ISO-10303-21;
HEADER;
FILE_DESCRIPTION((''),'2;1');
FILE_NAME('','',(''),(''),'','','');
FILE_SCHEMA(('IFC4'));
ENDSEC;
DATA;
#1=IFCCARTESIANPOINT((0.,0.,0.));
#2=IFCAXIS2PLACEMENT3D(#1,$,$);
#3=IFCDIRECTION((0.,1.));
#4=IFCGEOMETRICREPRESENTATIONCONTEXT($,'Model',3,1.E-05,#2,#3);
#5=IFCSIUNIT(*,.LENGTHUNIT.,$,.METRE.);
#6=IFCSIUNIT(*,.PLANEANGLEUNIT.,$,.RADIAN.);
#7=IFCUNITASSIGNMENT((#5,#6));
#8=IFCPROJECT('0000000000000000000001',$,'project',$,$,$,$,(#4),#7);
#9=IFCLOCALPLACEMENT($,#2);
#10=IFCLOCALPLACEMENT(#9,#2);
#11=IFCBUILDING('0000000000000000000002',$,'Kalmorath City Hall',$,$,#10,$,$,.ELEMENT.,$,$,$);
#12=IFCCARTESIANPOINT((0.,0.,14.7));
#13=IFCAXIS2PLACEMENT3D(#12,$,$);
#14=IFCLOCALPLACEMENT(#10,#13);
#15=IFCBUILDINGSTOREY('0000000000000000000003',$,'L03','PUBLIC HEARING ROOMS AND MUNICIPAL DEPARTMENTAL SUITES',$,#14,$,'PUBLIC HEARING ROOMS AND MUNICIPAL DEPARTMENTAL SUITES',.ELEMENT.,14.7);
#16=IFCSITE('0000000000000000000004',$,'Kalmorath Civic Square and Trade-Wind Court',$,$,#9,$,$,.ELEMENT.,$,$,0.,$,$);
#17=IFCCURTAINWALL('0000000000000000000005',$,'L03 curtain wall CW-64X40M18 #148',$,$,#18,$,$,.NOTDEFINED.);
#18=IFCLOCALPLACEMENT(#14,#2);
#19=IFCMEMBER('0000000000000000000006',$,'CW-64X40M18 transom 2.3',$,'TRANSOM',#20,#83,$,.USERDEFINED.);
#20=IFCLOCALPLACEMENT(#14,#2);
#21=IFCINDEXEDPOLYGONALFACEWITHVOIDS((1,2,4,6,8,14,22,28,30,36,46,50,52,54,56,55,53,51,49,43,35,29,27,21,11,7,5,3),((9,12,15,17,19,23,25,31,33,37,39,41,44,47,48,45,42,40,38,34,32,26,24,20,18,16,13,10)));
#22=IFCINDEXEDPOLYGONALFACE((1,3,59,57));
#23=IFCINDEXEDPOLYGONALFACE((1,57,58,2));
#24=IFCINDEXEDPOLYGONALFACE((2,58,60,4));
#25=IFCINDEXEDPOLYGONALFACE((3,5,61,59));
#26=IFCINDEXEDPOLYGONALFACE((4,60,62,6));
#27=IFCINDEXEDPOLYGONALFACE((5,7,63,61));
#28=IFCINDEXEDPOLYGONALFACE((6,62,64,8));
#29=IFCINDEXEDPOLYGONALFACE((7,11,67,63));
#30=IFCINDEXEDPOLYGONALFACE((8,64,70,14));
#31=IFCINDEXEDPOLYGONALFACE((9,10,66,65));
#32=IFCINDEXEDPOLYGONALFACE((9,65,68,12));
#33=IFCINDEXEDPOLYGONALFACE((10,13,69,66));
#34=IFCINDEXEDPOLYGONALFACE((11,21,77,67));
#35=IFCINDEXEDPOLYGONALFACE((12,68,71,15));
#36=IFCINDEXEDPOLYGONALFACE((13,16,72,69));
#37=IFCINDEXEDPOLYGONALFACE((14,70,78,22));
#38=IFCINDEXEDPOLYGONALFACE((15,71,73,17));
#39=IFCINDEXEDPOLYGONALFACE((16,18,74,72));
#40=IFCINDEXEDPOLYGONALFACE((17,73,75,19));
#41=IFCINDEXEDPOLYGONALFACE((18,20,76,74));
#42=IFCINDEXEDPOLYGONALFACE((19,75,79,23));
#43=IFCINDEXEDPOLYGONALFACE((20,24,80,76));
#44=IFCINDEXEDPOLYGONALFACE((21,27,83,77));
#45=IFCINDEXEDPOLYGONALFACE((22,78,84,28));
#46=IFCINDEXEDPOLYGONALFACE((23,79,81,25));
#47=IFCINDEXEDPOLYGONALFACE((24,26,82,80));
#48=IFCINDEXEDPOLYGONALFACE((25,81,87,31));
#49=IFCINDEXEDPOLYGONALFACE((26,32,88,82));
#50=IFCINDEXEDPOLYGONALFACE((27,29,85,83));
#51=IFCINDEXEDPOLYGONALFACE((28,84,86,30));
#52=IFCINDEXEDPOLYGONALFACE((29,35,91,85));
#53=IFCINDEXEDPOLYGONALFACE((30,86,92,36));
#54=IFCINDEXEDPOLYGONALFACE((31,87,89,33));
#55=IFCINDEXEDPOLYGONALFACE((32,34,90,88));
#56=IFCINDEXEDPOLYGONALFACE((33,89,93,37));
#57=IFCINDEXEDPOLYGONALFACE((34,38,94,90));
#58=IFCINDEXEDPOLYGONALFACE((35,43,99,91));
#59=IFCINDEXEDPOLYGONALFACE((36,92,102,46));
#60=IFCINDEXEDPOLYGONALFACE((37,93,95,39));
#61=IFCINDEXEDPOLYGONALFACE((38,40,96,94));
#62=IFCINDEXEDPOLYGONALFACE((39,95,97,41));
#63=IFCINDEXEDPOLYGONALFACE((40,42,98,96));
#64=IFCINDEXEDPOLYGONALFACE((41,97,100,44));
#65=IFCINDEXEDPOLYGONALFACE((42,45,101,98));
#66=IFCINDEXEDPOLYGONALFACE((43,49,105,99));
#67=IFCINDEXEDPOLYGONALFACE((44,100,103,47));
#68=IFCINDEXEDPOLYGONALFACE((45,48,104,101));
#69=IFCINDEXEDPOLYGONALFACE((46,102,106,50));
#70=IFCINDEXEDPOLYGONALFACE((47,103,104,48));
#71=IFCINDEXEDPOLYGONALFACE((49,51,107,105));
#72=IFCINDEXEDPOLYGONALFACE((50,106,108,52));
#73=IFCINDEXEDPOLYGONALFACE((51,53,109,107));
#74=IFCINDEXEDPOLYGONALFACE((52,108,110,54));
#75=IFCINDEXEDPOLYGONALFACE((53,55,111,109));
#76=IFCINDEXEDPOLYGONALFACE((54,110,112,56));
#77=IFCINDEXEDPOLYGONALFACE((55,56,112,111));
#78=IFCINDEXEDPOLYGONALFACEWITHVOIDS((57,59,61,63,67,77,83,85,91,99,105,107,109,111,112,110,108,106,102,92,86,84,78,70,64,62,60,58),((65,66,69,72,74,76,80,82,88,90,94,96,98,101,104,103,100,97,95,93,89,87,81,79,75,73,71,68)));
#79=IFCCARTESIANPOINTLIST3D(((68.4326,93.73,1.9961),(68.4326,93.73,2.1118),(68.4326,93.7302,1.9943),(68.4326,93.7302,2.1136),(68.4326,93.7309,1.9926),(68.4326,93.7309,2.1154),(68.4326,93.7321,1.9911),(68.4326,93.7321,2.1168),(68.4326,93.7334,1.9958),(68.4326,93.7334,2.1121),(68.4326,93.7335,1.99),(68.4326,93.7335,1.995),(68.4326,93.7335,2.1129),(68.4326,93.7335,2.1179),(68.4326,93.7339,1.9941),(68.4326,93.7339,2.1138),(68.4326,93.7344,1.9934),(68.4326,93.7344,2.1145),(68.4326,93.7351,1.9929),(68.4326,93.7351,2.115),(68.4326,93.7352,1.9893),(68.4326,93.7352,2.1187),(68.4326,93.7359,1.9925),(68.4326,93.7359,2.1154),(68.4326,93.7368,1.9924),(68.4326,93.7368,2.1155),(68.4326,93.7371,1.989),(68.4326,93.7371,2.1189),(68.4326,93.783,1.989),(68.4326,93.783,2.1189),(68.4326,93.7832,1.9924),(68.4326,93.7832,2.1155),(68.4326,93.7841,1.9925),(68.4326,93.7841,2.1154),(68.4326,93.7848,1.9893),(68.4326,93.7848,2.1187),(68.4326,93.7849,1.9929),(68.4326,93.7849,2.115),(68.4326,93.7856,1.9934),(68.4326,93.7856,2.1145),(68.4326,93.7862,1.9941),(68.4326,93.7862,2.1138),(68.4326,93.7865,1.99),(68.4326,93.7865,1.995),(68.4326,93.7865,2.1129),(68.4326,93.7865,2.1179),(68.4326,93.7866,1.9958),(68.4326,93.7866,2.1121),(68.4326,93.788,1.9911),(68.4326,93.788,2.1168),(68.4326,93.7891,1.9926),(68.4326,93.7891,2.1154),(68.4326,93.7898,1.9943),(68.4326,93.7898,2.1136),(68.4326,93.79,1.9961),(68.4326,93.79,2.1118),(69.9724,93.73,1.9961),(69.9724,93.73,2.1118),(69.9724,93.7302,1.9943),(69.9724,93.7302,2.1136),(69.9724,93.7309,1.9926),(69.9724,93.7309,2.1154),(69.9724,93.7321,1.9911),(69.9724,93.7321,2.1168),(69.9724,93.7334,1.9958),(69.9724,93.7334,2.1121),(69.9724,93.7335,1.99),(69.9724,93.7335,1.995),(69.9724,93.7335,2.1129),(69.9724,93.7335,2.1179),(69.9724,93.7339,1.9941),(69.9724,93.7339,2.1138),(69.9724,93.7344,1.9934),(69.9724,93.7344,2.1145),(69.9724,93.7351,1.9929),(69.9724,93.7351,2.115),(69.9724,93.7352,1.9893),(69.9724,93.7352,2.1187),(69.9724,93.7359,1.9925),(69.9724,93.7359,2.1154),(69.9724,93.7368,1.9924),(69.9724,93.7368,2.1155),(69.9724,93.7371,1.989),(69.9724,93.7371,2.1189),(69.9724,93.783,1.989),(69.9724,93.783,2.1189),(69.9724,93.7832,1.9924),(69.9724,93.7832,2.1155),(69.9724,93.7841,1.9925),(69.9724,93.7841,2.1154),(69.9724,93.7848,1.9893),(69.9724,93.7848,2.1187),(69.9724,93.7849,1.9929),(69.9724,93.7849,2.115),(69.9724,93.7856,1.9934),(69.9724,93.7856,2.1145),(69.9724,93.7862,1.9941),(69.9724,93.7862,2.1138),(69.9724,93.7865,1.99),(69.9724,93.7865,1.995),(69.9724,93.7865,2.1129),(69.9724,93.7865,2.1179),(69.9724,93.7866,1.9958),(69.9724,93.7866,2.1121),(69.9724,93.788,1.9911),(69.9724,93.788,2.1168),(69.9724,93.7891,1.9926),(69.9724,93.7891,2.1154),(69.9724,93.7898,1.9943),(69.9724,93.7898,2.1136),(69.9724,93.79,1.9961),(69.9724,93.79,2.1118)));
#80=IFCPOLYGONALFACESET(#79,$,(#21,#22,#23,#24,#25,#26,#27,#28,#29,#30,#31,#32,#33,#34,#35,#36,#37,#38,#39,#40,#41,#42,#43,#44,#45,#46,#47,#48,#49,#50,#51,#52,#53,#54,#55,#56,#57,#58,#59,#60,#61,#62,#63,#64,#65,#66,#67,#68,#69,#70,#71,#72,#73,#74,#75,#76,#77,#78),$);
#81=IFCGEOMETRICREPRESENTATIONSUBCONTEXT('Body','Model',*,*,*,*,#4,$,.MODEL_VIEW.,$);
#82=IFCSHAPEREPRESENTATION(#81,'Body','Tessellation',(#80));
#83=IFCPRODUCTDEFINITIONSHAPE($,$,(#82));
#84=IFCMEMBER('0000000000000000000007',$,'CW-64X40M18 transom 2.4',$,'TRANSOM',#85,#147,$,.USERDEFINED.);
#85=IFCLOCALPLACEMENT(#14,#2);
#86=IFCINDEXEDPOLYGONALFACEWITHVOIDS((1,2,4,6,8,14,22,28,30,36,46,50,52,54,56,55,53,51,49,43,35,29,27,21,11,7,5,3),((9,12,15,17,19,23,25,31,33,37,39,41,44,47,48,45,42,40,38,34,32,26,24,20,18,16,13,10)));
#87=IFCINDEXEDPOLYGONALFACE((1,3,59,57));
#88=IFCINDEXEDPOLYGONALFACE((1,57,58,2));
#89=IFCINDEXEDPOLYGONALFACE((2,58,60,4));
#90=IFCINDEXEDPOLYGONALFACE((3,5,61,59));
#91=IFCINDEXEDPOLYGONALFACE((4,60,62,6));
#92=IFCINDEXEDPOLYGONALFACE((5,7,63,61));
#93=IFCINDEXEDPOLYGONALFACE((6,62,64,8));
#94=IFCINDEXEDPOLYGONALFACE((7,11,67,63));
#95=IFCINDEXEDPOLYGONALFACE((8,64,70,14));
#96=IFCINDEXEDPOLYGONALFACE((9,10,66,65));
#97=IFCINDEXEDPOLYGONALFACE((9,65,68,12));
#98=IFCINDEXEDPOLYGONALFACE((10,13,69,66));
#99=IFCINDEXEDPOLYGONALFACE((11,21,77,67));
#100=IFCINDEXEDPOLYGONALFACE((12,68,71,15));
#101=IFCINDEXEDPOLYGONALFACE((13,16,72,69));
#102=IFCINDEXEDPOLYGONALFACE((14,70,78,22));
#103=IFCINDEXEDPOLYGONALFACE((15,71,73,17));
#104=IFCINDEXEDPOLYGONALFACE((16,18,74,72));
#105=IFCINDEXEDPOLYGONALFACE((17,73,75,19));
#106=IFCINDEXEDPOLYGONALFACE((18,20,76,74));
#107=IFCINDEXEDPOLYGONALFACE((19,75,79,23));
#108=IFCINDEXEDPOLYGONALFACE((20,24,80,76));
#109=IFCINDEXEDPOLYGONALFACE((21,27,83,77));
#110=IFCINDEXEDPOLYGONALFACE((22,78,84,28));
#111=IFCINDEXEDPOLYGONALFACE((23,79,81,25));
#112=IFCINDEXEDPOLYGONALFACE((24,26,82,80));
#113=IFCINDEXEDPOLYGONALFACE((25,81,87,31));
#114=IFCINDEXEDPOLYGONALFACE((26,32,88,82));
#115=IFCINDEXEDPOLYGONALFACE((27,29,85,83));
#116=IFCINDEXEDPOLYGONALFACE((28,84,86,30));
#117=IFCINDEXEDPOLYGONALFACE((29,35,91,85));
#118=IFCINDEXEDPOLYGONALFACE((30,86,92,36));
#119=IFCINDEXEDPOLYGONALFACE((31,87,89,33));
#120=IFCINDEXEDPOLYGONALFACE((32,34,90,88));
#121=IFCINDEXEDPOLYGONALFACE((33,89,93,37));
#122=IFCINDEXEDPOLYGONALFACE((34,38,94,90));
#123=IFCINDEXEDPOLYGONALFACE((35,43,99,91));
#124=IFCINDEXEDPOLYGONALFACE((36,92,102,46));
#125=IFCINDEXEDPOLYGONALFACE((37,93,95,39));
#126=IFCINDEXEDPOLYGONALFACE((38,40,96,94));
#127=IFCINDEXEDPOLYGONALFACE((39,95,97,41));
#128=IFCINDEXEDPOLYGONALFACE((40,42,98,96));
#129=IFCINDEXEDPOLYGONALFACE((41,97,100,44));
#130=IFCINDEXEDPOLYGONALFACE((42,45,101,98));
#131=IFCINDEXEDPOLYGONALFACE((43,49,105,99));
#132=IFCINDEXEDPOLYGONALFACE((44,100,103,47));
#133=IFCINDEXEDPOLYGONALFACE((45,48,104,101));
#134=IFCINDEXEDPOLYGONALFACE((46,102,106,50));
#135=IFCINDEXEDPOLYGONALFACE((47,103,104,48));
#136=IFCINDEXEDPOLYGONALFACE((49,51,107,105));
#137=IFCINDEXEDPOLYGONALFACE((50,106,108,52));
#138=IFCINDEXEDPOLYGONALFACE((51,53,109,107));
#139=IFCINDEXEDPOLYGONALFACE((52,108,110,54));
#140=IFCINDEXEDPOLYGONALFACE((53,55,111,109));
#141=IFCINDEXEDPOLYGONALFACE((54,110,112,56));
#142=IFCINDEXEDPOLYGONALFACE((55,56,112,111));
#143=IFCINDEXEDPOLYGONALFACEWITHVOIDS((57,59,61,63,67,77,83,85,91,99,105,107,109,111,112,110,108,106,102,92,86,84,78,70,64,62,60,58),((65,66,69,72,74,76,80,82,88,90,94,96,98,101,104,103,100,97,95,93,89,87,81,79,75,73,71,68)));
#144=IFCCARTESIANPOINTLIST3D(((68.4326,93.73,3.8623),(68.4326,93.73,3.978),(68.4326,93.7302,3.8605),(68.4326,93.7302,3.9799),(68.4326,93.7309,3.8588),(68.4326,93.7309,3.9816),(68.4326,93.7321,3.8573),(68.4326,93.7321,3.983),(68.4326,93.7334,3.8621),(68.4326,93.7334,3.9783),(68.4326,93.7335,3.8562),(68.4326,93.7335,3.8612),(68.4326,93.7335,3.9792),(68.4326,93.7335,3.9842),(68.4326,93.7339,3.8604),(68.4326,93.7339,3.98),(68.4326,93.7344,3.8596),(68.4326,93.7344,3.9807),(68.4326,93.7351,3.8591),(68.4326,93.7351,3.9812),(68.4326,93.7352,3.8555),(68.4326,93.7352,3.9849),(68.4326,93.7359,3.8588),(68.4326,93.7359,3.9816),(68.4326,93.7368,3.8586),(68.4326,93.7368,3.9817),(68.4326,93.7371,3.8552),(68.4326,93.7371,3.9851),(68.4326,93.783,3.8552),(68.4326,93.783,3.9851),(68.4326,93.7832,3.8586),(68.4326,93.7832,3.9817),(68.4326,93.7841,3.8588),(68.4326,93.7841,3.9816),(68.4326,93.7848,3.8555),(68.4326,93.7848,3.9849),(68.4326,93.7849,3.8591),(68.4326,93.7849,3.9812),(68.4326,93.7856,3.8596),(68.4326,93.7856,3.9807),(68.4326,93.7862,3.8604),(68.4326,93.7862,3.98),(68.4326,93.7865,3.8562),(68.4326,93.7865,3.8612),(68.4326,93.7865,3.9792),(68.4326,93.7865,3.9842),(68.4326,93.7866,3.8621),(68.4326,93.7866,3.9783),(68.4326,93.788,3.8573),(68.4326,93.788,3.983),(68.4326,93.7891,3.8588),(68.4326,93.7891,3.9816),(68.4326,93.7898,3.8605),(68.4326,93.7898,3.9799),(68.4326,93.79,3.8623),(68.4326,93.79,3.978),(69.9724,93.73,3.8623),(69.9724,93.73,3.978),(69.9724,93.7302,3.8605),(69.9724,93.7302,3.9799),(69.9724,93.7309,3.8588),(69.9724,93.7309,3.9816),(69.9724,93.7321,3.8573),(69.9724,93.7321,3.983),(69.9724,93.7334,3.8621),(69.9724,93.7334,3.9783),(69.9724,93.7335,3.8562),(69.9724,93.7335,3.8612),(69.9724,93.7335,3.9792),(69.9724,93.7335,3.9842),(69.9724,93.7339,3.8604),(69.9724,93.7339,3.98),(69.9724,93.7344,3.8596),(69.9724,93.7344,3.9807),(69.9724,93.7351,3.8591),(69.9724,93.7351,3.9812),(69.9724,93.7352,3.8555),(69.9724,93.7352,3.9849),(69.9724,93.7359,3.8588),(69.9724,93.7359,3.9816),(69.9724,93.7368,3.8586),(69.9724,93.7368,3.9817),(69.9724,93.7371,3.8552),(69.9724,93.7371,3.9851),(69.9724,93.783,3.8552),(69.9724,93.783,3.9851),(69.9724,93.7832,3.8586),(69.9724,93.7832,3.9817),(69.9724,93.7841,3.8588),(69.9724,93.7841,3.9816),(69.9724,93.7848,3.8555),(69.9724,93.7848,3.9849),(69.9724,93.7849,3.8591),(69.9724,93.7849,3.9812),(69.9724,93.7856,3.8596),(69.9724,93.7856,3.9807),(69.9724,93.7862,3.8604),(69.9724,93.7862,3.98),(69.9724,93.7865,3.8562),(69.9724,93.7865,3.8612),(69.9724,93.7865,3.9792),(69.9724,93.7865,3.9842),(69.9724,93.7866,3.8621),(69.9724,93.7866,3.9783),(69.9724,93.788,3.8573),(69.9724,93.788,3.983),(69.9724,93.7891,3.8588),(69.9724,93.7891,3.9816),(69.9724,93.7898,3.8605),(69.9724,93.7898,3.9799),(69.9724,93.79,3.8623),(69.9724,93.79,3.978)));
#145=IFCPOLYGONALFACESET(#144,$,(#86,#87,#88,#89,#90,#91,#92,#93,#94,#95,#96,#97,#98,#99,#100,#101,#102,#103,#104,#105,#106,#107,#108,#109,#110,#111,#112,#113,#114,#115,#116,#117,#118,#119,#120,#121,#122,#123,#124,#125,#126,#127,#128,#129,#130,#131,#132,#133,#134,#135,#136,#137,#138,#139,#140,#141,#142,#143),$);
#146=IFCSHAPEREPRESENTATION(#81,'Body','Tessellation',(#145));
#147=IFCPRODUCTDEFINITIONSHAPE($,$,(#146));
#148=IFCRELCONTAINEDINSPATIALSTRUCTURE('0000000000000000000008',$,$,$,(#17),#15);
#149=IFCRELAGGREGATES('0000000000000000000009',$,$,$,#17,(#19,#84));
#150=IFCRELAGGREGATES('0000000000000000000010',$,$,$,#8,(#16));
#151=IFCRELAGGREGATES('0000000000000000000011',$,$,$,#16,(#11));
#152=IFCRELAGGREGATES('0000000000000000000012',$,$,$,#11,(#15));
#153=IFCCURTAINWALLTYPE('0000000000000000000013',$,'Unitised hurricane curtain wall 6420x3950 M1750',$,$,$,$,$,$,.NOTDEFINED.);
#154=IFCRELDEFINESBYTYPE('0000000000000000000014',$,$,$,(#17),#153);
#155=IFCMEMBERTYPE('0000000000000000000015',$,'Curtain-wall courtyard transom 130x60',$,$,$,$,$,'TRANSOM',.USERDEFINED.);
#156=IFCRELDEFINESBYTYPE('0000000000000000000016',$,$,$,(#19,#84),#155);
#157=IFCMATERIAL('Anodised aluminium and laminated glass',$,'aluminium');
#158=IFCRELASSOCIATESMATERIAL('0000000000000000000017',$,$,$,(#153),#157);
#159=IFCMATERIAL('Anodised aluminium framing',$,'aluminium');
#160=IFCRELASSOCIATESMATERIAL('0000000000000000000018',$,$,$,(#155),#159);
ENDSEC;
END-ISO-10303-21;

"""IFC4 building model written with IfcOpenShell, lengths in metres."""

from ifc_helpers import new_model, si_unit, direction, frame, origin, origin_2d, place, context, subcontext, project, spatial, hollow_rectangle, extrude, material, material_profile, profile_set, type_object, element, aggregate, save


model = new_model("IFC4")

# Units and contexts
model_context = context("Model", 3, precision=1e-05, world=origin(), true_north=direction((0.0, 1.0)))
body_context = subcontext(model_context, "Body", "Model", "MODEL_VIEW")
ifc_project = project(units=[si_unit("LENGTHUNIT", "METRE"), si_unit("PLANEANGLEUNIT", "RADIAN")], contexts=[model_context])

# Site, building, storey
site_placement = place(None, origin())
site = spatial("IfcSite", under=ifc_project, at=site_placement, Name="Kalmorath Civic Square and Trade-Wind Court", CompositionType="ELEMENT", RefElevation=0.0)
building_placement = place(site_placement, origin())
building = spatial("IfcBuilding", under=site, at=building_placement, Name="Kalmorath City Hall", CompositionType="ELEMENT")
storey_placement = place(building_placement, frame((0.0, 0.0, 14.7)))
storey = spatial("IfcBuildingStorey", under=building, at=storey_placement, Name="L03", Description="PUBLIC HEARING ROOMS AND MUNICIPAL DEPARTMENTAL SUITES", LongName="PUBLIC HEARING ROOMS AND MUNICIPAL DEPARTMENTAL SUITES", CompositionType="ELEMENT", Elevation=14.7)

# Curtain wall, members
ifc_material_1 = material(Name="Anodised aluminium and laminated glass", Category="aluminium")
curtain_wall_type = type_object("IfcCurtainWallType", Name="Unitised hurricane curtain wall 6420x3950 M1750", PredefinedType="NOTDEFINED", material=ifc_material_1)
curtain_wall_placement = place(storey_placement, origin())
curtain_wall = element("IfcCurtainWall", 1, at=curtain_wall_placement, inside=storey, type_object=curtain_wall_type, Name="L03 curtain wall CW-64X40M18 #148", PredefinedType="NOTDEFINED")
ifc_material_2 = material(Name="Anodised aluminium framing", Category="aluminium")
ifc_material_profile_1 = material_profile(ifc_material_2, hollow_rectangle(XDim=0.0601, YDim=0.1299, WallThickness=0.0034, InnerFilletRadius=0.0034, OuterFilletRadius=0.0071, at=origin_2d()), Name="ALU-TRN-130X60X3.5")
ifc_profile_set_1 = profile_set([ifc_material_profile_1], Name="Anodised aluminium framing")
member_type_1 = type_object("IfcMemberType", Name="Curtain-wall courtyard transom 130x60", ElementType="TRANSOM", PredefinedType="USERDEFINED", material=ifc_profile_set_1)
member_1_placement = place(storey_placement, frame((69.9724, 93.76, 2.054), z_axis=(-1.0, 0.0, 0.0), x_axis=(0.0, -1.0, 0.0)))
member_1 = element("IfcMember", 2, at=member_1_placement, type_object=member_type_1, Name="CW-64X40M18 transom 2.3", ObjectType="TRANSOM", PredefinedType="USERDEFINED", context=body_context, shape_type="SweptSolid", body=[
    extrude(hollow_rectangle(XDim=0.0601, YDim=0.1299, WallThickness=0.0034, InnerFilletRadius=0.0034, OuterFilletRadius=0.0071, at=origin_2d()), origin(), (0.0, 0.0, 1.0), 1.5398),
])
member_2_placement = place(storey_placement, frame((69.9724, 93.76, 3.9202), z_axis=(-1.0, 0.0, 0.0), x_axis=(0.0, -1.0, 0.0)))
member_2 = element("IfcMember", 3, at=member_2_placement, type_object=member_type_1, Name="CW-64X40M18 transom 2.4", ObjectType="TRANSOM", PredefinedType="USERDEFINED", context=body_context, shape_type="SweptSolid", body=[
    extrude(hollow_rectangle(XDim=0.0601, YDim=0.1299, WallThickness=0.0034, InnerFilletRadius=0.0034, OuterFilletRadius=0.0071, at=origin_2d()), origin(), (0.0, 0.0, 1.0), 1.5398),
])
aggregate(curtain_wall, [member_1, member_2])

save(model, "model.ifc")
